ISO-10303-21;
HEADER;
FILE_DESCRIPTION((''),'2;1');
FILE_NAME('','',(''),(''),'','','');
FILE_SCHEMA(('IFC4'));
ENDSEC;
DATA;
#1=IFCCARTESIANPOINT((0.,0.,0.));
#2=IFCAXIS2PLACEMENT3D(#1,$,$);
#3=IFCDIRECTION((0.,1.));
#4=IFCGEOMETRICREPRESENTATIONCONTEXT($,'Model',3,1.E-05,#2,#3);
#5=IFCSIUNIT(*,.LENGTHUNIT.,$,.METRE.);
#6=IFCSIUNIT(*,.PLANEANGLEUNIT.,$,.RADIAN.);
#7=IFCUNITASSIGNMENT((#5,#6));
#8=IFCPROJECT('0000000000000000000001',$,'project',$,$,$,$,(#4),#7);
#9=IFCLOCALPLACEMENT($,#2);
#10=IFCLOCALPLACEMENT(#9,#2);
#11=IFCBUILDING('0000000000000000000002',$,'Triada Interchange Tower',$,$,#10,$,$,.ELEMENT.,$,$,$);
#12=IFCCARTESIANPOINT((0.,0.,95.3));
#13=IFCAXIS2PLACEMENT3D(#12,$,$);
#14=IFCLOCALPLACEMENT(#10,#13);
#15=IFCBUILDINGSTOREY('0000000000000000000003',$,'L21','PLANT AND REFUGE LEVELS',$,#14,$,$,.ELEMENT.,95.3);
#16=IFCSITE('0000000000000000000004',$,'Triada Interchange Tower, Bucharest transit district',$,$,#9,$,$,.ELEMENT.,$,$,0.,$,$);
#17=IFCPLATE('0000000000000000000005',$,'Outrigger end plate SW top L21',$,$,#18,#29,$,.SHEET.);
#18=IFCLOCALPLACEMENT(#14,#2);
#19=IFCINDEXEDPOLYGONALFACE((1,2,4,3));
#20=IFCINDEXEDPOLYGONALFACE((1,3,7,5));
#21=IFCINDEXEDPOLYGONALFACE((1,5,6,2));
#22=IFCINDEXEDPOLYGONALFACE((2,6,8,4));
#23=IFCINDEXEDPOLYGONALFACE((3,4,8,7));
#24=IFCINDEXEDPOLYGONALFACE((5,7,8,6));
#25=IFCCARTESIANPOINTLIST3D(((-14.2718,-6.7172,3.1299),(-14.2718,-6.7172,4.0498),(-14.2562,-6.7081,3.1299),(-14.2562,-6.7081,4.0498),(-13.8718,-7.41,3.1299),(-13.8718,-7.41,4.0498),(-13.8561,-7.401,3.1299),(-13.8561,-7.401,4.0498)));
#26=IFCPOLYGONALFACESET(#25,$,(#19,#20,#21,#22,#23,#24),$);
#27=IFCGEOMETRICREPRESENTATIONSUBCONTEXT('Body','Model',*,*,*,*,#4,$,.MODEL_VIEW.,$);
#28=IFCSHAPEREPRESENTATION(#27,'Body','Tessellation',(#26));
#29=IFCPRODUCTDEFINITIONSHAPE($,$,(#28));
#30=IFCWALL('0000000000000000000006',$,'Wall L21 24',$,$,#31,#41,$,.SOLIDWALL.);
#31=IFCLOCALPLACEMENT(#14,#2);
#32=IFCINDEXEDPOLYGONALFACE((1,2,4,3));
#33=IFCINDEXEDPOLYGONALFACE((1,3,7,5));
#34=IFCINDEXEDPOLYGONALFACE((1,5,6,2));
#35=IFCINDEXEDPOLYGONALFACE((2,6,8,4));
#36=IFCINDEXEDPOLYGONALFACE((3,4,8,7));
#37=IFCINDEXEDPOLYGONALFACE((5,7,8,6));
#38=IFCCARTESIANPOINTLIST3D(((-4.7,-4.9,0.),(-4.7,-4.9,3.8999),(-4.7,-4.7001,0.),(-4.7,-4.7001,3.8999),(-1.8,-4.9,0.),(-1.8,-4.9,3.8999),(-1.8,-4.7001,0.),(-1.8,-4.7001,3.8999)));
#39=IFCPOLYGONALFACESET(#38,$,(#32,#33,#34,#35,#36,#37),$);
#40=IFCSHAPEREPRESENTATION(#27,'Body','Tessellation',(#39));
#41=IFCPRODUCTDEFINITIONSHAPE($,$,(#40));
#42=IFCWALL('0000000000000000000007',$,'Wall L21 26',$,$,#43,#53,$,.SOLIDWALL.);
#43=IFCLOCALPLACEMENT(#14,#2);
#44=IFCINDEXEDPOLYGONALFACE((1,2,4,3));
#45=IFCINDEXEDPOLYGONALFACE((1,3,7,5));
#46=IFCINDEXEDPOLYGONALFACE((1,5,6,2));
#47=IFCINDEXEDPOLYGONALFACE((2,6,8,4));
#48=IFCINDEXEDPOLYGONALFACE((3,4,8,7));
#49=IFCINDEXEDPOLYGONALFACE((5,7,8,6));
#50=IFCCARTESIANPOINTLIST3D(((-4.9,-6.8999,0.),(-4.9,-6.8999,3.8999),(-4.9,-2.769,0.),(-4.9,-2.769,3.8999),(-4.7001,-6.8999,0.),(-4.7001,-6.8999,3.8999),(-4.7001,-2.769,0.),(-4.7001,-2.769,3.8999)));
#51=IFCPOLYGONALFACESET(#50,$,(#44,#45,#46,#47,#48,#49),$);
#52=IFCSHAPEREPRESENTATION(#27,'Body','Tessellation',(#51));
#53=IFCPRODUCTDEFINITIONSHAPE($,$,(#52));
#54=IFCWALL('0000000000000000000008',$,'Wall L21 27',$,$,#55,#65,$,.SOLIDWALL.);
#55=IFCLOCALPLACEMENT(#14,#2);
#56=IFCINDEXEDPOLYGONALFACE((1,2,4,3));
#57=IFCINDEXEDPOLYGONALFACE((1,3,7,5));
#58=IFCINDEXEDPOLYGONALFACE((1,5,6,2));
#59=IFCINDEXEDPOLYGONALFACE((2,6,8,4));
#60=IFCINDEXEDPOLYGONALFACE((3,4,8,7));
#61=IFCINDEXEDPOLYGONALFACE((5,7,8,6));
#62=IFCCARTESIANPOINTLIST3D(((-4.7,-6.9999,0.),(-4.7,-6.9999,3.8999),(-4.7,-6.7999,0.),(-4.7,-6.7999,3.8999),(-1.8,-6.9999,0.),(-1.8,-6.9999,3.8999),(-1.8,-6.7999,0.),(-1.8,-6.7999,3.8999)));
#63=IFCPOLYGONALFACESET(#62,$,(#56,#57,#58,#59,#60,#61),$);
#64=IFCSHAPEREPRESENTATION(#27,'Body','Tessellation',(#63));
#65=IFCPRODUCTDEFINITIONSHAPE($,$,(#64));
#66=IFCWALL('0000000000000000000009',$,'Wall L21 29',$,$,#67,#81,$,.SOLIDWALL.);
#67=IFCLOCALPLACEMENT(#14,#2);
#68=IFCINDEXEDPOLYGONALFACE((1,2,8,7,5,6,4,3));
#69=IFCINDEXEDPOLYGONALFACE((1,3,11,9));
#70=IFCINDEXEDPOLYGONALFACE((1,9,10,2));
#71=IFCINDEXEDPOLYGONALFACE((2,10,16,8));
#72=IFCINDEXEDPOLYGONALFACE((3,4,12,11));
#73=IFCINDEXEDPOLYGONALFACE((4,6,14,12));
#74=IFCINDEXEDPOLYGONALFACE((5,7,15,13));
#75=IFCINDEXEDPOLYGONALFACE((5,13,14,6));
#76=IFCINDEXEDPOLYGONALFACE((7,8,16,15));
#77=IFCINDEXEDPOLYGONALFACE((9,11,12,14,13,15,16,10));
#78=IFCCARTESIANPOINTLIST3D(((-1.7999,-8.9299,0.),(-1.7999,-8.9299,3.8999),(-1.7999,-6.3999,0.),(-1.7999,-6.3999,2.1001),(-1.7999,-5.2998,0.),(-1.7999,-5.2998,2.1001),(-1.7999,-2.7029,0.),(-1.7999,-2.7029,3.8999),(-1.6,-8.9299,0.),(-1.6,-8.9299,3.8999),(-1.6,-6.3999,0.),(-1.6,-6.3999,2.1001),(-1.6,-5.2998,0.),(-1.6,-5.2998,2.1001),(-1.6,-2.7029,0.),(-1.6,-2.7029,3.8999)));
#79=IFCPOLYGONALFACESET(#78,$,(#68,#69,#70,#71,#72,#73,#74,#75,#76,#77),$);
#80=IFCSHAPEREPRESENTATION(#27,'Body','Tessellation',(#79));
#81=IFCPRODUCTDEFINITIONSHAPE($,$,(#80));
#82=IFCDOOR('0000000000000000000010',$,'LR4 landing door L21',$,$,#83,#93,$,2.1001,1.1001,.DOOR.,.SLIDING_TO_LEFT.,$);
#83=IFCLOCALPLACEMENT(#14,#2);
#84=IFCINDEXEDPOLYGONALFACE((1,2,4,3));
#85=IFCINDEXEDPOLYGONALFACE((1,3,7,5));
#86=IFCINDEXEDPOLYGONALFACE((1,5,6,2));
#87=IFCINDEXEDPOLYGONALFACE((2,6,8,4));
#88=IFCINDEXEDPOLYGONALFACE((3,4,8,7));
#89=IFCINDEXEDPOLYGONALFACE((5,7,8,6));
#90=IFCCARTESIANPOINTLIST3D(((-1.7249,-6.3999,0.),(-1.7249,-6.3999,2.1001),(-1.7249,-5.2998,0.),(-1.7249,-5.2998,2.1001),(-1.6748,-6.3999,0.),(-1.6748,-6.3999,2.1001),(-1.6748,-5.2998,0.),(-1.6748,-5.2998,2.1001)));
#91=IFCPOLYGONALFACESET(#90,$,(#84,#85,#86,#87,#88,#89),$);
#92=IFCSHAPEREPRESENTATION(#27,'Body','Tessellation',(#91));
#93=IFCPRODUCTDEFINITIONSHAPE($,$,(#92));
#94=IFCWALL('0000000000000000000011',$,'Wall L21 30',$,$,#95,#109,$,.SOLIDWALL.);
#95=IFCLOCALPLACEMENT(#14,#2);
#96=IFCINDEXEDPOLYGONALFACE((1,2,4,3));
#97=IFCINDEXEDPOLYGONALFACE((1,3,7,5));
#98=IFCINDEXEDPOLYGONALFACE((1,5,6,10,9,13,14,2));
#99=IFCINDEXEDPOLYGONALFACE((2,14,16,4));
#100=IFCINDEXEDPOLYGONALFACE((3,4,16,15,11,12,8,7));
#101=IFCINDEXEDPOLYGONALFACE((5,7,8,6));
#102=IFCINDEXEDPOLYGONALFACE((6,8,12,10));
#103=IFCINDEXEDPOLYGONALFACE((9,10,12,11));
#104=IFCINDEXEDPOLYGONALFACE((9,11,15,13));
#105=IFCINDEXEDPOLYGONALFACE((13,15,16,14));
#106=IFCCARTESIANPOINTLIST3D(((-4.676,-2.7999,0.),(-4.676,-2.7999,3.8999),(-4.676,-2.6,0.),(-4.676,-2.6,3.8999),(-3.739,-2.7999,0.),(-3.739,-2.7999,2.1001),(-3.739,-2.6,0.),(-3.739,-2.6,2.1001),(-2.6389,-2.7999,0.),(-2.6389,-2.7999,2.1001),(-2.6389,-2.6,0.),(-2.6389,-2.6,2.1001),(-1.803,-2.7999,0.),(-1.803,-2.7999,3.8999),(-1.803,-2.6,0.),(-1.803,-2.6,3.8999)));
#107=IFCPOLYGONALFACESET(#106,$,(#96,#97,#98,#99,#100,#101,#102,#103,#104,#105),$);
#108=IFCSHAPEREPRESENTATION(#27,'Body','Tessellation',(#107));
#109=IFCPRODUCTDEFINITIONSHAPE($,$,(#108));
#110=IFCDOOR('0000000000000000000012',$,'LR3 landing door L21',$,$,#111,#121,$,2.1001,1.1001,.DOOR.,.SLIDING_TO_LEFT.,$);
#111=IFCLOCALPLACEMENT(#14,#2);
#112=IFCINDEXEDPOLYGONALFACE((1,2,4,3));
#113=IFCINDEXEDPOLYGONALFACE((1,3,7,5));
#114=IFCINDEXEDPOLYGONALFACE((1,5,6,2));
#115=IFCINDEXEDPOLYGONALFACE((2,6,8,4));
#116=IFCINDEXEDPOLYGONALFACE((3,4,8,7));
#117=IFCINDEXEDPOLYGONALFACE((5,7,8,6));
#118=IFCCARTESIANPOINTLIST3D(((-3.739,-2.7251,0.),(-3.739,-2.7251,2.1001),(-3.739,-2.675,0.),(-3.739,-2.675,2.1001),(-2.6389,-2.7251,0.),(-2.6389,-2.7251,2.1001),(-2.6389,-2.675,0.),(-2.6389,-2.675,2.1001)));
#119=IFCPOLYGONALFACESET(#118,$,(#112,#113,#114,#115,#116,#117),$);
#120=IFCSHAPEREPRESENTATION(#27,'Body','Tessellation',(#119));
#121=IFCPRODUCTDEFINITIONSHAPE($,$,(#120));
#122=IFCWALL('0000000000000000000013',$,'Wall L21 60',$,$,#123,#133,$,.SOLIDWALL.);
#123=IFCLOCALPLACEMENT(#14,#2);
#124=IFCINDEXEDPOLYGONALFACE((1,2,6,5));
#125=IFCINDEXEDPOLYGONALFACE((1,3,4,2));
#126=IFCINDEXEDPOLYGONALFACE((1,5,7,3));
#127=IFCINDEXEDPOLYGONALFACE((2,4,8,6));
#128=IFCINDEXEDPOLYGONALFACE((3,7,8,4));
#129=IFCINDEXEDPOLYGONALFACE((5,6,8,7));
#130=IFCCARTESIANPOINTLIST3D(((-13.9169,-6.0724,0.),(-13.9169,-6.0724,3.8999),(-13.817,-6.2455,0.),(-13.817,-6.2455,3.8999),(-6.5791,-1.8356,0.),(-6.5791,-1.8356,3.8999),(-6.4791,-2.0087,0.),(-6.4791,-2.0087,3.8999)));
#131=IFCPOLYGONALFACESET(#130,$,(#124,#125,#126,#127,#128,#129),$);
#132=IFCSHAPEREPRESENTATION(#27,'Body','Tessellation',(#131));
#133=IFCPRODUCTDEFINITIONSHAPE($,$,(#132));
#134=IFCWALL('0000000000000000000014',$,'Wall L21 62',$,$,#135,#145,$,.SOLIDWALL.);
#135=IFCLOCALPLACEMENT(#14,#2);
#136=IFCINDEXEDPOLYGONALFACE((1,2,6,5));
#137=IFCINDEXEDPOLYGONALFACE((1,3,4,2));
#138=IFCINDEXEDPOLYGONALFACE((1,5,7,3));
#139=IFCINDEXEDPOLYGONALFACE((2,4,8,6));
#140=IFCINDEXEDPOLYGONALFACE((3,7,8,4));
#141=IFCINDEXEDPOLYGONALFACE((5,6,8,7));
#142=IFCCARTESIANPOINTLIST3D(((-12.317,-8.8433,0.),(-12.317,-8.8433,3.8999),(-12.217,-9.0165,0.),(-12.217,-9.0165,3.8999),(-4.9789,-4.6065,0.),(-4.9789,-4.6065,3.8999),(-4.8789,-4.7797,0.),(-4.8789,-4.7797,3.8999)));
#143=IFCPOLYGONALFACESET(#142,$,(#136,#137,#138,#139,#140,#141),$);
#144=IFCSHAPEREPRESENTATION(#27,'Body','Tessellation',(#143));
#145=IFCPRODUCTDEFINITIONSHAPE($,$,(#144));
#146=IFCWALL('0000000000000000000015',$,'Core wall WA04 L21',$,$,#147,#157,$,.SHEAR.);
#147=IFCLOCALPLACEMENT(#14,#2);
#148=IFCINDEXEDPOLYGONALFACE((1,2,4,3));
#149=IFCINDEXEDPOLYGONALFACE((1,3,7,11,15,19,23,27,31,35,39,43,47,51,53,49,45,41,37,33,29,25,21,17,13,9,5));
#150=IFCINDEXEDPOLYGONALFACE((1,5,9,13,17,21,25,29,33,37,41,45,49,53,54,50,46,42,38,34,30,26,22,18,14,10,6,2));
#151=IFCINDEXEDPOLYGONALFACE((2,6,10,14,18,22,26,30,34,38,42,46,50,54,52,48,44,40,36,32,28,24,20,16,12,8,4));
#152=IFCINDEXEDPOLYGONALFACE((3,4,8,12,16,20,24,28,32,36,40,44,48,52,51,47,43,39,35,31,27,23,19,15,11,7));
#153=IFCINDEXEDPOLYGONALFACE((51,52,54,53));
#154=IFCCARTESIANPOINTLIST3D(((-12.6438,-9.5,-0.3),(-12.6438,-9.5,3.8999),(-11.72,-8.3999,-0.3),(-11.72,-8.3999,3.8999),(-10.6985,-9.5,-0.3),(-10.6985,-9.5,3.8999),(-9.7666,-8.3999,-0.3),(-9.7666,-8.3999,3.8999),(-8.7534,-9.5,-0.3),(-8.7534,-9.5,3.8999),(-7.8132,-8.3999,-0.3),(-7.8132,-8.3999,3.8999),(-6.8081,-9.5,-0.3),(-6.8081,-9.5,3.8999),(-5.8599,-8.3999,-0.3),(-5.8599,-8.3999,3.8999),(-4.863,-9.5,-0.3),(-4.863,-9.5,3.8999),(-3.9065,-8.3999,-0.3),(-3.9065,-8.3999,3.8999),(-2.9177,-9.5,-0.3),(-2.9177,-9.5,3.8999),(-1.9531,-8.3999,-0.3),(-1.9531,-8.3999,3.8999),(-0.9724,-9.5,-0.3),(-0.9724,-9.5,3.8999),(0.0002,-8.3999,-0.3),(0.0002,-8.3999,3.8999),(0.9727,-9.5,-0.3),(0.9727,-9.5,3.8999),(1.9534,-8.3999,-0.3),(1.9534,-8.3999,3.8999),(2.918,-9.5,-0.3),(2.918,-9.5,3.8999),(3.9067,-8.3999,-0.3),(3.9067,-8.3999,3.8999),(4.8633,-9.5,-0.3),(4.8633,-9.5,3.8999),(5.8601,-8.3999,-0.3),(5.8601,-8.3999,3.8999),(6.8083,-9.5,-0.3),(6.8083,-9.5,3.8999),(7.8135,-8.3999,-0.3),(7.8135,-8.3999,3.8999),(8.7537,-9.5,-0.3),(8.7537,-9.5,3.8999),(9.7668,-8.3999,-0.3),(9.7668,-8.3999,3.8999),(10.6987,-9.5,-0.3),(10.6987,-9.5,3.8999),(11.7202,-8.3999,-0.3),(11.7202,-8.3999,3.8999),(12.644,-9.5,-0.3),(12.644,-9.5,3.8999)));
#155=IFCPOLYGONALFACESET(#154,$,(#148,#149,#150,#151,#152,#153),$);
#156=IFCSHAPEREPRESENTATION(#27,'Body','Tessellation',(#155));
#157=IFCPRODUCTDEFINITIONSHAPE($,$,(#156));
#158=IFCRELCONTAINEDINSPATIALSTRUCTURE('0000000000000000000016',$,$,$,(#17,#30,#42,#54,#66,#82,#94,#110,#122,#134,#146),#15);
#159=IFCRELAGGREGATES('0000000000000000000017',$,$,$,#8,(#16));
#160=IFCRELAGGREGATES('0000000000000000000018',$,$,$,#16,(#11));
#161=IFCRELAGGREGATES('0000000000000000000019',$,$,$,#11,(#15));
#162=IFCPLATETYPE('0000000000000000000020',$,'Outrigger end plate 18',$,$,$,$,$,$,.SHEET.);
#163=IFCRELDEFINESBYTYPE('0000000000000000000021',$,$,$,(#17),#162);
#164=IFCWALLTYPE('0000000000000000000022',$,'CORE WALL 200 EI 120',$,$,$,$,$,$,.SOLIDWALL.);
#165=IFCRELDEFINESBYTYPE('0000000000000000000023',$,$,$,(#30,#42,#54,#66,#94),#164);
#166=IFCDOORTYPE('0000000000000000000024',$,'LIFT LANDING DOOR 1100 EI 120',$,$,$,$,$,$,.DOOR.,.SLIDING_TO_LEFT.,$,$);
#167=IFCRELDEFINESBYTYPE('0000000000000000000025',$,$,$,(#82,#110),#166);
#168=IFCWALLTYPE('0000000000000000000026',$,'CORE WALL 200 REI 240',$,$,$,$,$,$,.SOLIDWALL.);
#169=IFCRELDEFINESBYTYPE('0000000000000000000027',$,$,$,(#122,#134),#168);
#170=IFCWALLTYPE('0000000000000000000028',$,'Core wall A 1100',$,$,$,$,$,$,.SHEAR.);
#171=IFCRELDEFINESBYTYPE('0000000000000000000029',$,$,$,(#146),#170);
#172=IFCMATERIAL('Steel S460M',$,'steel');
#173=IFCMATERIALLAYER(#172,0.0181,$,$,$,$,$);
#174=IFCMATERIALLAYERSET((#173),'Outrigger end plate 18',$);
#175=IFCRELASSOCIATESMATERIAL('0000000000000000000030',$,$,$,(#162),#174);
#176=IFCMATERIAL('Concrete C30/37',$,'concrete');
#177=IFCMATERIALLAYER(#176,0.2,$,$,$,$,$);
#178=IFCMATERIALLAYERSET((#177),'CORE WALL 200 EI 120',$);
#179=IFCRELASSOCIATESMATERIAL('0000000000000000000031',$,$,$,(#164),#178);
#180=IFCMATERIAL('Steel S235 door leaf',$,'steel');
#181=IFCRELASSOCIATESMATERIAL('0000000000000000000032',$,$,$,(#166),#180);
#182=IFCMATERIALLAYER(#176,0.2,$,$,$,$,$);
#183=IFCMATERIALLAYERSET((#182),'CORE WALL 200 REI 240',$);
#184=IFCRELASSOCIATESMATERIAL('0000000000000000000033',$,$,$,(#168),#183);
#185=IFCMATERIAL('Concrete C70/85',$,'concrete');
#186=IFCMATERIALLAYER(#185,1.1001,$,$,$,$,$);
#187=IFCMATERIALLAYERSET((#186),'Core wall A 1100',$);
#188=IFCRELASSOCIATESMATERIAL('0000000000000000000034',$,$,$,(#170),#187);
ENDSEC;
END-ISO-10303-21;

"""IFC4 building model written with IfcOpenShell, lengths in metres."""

from ifc_helpers import new_model, si_unit, direction, frame, frame_2d, origin, origin_2d, place, context, subcontext, project, spatial, polyline, rectangle, outline, extrude, material, layer, layer_set, type_object, element, fill, save


model = new_model("IFC4")

# Units and contexts
model_context = context("Model", 3, precision=1e-05, world=origin(), true_north=direction((0.0, 1.0)))
body_context = subcontext(model_context, "Body", "Model", "MODEL_VIEW")
ifc_project = project(units=[si_unit("LENGTHUNIT", "METRE"), si_unit("PLANEANGLEUNIT", "RADIAN")], contexts=[model_context])

# Site, building, storey
site_placement = place(None, origin())
site = spatial("IfcSite", under=ifc_project, at=site_placement, Name="Triada Interchange Tower, Bucharest transit district", CompositionType="ELEMENT", RefElevation=0.0)
building_placement = place(site_placement, origin())
building = spatial("IfcBuilding", under=site, at=building_placement, Name="Triada Interchange Tower", CompositionType="ELEMENT")
storey_placement = place(building_placement, frame((0.0, 0.0, 95.3)))
storey = spatial("IfcBuildingStorey", under=building, at=storey_placement, Name="L21", Description="PLANT AND REFUGE LEVELS", CompositionType="ELEMENT", Elevation=95.3)

# Shared definitions
ifc_material_1 = material(Name="Steel S460M", Category="steel")

# Plate
ifc_layer_1 = layer(ifc_material_1, 0.0181)
ifc_layer_set_1 = layer_set([ifc_layer_1], Name="Outrigger end plate 18")
plate_type = type_object("IfcPlateType", Name="Outrigger end plate 18", PredefinedType="SHEET", material=ifc_layer_set_1)
for number, where, z_axis, x_axis, name in (
    (1, (-14.064, -7.0591, 3.1299), (0.0, 0.0, 1.0), (-0.866025, -0.5, 0.0), "Outrigger end plate SW top L21"),
):
    element("IfcPlate", number, at=place(storey_placement, frame(where, z_axis=z_axis, x_axis=x_axis)), inside=storey, type_object=plate_type, Name=name, PredefinedType="SHEET", context=body_context, shape_type="SweptSolid", body=[
        extrude(rectangle(XDim=0.0181, YDim=0.8, at=origin_2d()), origin(), (0.0, 0.0, 1.0), 0.9199),
    ])

# Walls
ifc_material_2 = material(Name="Concrete C30/37", Category="concrete")
ifc_layer_2 = layer(ifc_material_2, 0.2)
ifc_layer_set_2 = layer_set([ifc_layer_2], Name="CORE WALL 200 EI 120")
wall_type_1 = type_object("IfcWallType", Name="CORE WALL 200 EI 120", PredefinedType="SOLIDWALL", material=ifc_layer_set_2)
wall_1_placement = place(storey_placement, frame((-4.7, -4.8, 0.0), z_axis=(0.0, 0.0, 1.0), x_axis=(1.0, 0.0, 0.0)))
element("IfcWall", 2, at=wall_1_placement, inside=storey, type_object=wall_type_1, Name="Wall L21 24", PredefinedType="SOLIDWALL", context=body_context, shape_type="SweptSolid", body=[
    extrude(rectangle(XDim=2.8999, YDim=0.2, at=frame_2d((1.45, 0.0))), origin(), (0.0, 0.0, 1.0), 3.8999),
])
wall_2_placement = place(storey_placement, frame((-4.8, -6.8999, 0.0), z_axis=(0.0, 0.0, 1.0), x_axis=(0.0, 1.0, 0.0)))
element("IfcWall", 3, at=wall_2_placement, inside=storey, type_object=wall_type_1, Name="Wall L21 26", PredefinedType="SOLIDWALL", context=body_context, shape_type="SweptSolid", body=[
    extrude(rectangle(XDim=4.1309, YDim=0.2, at=frame_2d((2.0654, 0.0))), origin(), (0.0, 0.0, 1.0), 3.8999),
])
wall_3_placement = place(storey_placement, frame((-4.7, -6.8999, 0.0), z_axis=(0.0, 0.0, 1.0), x_axis=(1.0, 0.0, 0.0)))
element("IfcWall", 4, at=wall_3_placement, inside=storey, type_object=wall_type_1, Name="Wall L21 27", PredefinedType="SOLIDWALL", context=body_context, shape_type="SweptSolid", body=[
    extrude(rectangle(XDim=2.8999, YDim=0.2, at=frame_2d((1.45, 0.0))), origin(), (0.0, 0.0, 1.0), 3.8999),
])

# Walls, openings, doors
wall_4_placement = place(storey_placement, frame((-1.7, -8.9299, 0.0), z_axis=(0.0, 0.0, 1.0), x_axis=(0.0, 1.0, 0.0)))
wall_4 = element("IfcWall", 5, at=wall_4_placement, inside=storey, type_object=wall_type_1, Name="Wall L21 29", PredefinedType="SOLIDWALL", context=body_context, shape_type="SweptSolid", body=[
    extrude(rectangle(XDim=6.2271, YDim=0.2, at=frame_2d((3.1135, 0.0))), origin(), (0.0, 0.0, 1.0), 3.8999),
])
opening_1_placement = place(wall_4_placement, frame((2.53, 0.0, 0.0)))
opening_1 = element("IfcOpeningElement", 6, at=opening_1_placement, cuts=wall_4, PredefinedType="OPENING", context=body_context, shape_type="SweptSolid", body=[
    extrude(rectangle(XDim=1.1001, YDim=2.1001, at=frame_2d((0.55, 1.05))), frame((0.0, 0.1099, 0.0), z_axis=(0.0, -1.0, 0.0), x_axis=(1.0, 0.0, 0.0)), (0.0, 0.0, 1.0), 0.22),
])
ifc_material_3 = material(Name="Steel S235 door leaf", Category="steel")
door_type_1 = type_object("IfcDoorType", Name="LIFT LANDING DOOR 1100 EI 120", OperationType="SLIDING_TO_LEFT", PredefinedType="DOOR", material=ifc_material_3)
door_1_placement = place(opening_1_placement, origin())
door_1 = element("IfcDoor", 7, at=door_1_placement, inside=storey, type_object=door_type_1, Name="LR4 landing door L21", OperationType="SLIDING_TO_LEFT", OverallHeight=2.1001, OverallWidth=1.1001, PredefinedType="DOOR", context=body_context, shape_type="SweptSolid", body=[
    extrude(rectangle(XDim=1.1001, YDim=2.1001, at=frame_2d((0.55, 1.05))), frame((0.0, 0.0249, 0.0), z_axis=(0.0, -1.0, 0.0), x_axis=(1.0, 0.0, 0.0)), (0.0, 0.0, 1.0), 0.05),
])
fill(opening_1, door_1)
wall_5_placement = place(storey_placement, frame((-4.676, -2.7, 0.0), z_axis=(0.0, 0.0, 1.0), x_axis=(1.0, 0.0, 0.0)))
wall_5 = element("IfcWall", 8, at=wall_5_placement, inside=storey, type_object=wall_type_1, Name="Wall L21 30", PredefinedType="SOLIDWALL", context=body_context, shape_type="SweptSolid", body=[
    extrude(rectangle(XDim=2.873, YDim=0.2, at=frame_2d((1.4365, 0.0))), origin(), (0.0, 0.0, 1.0), 3.8999),
])
opening_2_placement = place(wall_5_placement, frame((0.937, 0.0, 0.0)))
opening_2 = element("IfcOpeningElement", 9, at=opening_2_placement, cuts=wall_5, PredefinedType="OPENING", context=body_context, shape_type="SweptSolid", body=[
    extrude(rectangle(XDim=1.1001, YDim=2.1001, at=frame_2d((0.55, 1.05))), frame((0.0, 0.1099, 0.0), z_axis=(0.0, -1.0, 0.0), x_axis=(1.0, 0.0, 0.0)), (0.0, 0.0, 1.0), 0.22),
])
door_2_placement = place(opening_2_placement, origin())
door_2 = element("IfcDoor", 10, at=door_2_placement, inside=storey, type_object=door_type_1, Name="LR3 landing door L21", OperationType="SLIDING_TO_LEFT", OverallHeight=2.1001, OverallWidth=1.1001, PredefinedType="DOOR", context=body_context, shape_type="SweptSolid", body=[
    extrude(rectangle(XDim=1.1001, YDim=2.1001, at=frame_2d((0.55, 1.05))), frame((0.0, 0.0249, 0.0), z_axis=(0.0, -1.0, 0.0), x_axis=(1.0, 0.0, 0.0)), (0.0, 0.0, 1.0), 0.05),
])
fill(opening_2, door_2)

# Walls
ifc_layer_3 = layer(ifc_material_2, 0.2)
ifc_layer_set_3 = layer_set([ifc_layer_3], Name="CORE WALL 200 REI 240")
wall_type_2 = type_object("IfcWallType", Name="CORE WALL 200 REI 240", PredefinedType="SOLIDWALL", material=ifc_layer_set_3)
wall_6_placement = place(storey_placement, frame((-13.8669, -6.1589, 0.0), z_axis=(0.0, 0.0, 1.0), x_axis=(0.866011, 0.500025, 0.0)))
element("IfcWall", 11, at=wall_6_placement, inside=storey, type_object=wall_type_2, Name="Wall L21 60", PredefinedType="SOLIDWALL", context=body_context, shape_type="SweptSolid", body=[
    extrude(rectangle(XDim=8.4731, YDim=0.2, at=frame_2d((4.2366, 0.0))), origin(), (0.0, 0.0, 1.0), 3.8999),
])
wall_7_placement = place(storey_placement, frame((-12.2671, -8.9299, 0.0), z_axis=(0.0, 0.0, 1.0), x_axis=(0.866018, 0.500013, 0.0)))
element("IfcWall", 12, at=wall_7_placement, inside=storey, type_object=wall_type_2, Name="Wall L21 62", PredefinedType="SOLIDWALL", context=body_context, shape_type="SweptSolid", body=[
    extrude(rectangle(XDim=8.4734, YDim=0.2, at=frame_2d((4.2368, 0.0))), origin(), (0.0, 0.0, 1.0), 3.8999),
])
ifc_material_4 = material(Name="Concrete C70/85", Category="concrete")
ifc_layer_4 = layer(ifc_material_4, 1.1001)
ifc_layer_set_4 = layer_set([ifc_layer_4], Name="Core wall A 1100")
wall_type_3 = type_object("IfcWallType", Name="Core wall A 1100", PredefinedType="SHEAR", material=ifc_layer_set_4)
wall_8_placement = place(storey_placement, frame((-12.1819, -8.95, -0.3), z_axis=(0.0, 0.0, 1.0), x_axis=(1.0, 0.0, 0.0)))
element("IfcWall", 13, at=wall_8_placement, inside=storey, type_object=wall_type_3, Name="Core wall WA04 L21", PredefinedType="SHEAR", context=body_context, shape_type="SweptSolid", body=[
    extrude(outline(polyline([(-0.4619, -0.55), (1.4834, -0.55), (3.4285, -0.55), (5.3738, -0.55), (7.3188, -0.55), (9.2642, -0.55), (11.2095, -0.55), (13.1545, -0.55), (15.0999, -0.55), (17.0452, -0.55), (18.9902, -0.55), (20.9355, -0.55), (22.8806, -0.55), (24.8259, -0.55), (23.9021, 0.55), (21.9487, 0.55), (19.9954, 0.55), (18.042, 0.55), (16.0886, 0.55), (14.1353, 0.55), (12.1821, 0.55), (10.2288, 0.55), (8.2754, 0.55), (6.322, 0.55), (4.3687, 0.55), (2.4153, 0.55), (0.4619, 0.55), (-0.4619, -0.55)])), origin(), (0.0, 0.0, 1.0), 4.2),
])

save(model, "model.ifc")
